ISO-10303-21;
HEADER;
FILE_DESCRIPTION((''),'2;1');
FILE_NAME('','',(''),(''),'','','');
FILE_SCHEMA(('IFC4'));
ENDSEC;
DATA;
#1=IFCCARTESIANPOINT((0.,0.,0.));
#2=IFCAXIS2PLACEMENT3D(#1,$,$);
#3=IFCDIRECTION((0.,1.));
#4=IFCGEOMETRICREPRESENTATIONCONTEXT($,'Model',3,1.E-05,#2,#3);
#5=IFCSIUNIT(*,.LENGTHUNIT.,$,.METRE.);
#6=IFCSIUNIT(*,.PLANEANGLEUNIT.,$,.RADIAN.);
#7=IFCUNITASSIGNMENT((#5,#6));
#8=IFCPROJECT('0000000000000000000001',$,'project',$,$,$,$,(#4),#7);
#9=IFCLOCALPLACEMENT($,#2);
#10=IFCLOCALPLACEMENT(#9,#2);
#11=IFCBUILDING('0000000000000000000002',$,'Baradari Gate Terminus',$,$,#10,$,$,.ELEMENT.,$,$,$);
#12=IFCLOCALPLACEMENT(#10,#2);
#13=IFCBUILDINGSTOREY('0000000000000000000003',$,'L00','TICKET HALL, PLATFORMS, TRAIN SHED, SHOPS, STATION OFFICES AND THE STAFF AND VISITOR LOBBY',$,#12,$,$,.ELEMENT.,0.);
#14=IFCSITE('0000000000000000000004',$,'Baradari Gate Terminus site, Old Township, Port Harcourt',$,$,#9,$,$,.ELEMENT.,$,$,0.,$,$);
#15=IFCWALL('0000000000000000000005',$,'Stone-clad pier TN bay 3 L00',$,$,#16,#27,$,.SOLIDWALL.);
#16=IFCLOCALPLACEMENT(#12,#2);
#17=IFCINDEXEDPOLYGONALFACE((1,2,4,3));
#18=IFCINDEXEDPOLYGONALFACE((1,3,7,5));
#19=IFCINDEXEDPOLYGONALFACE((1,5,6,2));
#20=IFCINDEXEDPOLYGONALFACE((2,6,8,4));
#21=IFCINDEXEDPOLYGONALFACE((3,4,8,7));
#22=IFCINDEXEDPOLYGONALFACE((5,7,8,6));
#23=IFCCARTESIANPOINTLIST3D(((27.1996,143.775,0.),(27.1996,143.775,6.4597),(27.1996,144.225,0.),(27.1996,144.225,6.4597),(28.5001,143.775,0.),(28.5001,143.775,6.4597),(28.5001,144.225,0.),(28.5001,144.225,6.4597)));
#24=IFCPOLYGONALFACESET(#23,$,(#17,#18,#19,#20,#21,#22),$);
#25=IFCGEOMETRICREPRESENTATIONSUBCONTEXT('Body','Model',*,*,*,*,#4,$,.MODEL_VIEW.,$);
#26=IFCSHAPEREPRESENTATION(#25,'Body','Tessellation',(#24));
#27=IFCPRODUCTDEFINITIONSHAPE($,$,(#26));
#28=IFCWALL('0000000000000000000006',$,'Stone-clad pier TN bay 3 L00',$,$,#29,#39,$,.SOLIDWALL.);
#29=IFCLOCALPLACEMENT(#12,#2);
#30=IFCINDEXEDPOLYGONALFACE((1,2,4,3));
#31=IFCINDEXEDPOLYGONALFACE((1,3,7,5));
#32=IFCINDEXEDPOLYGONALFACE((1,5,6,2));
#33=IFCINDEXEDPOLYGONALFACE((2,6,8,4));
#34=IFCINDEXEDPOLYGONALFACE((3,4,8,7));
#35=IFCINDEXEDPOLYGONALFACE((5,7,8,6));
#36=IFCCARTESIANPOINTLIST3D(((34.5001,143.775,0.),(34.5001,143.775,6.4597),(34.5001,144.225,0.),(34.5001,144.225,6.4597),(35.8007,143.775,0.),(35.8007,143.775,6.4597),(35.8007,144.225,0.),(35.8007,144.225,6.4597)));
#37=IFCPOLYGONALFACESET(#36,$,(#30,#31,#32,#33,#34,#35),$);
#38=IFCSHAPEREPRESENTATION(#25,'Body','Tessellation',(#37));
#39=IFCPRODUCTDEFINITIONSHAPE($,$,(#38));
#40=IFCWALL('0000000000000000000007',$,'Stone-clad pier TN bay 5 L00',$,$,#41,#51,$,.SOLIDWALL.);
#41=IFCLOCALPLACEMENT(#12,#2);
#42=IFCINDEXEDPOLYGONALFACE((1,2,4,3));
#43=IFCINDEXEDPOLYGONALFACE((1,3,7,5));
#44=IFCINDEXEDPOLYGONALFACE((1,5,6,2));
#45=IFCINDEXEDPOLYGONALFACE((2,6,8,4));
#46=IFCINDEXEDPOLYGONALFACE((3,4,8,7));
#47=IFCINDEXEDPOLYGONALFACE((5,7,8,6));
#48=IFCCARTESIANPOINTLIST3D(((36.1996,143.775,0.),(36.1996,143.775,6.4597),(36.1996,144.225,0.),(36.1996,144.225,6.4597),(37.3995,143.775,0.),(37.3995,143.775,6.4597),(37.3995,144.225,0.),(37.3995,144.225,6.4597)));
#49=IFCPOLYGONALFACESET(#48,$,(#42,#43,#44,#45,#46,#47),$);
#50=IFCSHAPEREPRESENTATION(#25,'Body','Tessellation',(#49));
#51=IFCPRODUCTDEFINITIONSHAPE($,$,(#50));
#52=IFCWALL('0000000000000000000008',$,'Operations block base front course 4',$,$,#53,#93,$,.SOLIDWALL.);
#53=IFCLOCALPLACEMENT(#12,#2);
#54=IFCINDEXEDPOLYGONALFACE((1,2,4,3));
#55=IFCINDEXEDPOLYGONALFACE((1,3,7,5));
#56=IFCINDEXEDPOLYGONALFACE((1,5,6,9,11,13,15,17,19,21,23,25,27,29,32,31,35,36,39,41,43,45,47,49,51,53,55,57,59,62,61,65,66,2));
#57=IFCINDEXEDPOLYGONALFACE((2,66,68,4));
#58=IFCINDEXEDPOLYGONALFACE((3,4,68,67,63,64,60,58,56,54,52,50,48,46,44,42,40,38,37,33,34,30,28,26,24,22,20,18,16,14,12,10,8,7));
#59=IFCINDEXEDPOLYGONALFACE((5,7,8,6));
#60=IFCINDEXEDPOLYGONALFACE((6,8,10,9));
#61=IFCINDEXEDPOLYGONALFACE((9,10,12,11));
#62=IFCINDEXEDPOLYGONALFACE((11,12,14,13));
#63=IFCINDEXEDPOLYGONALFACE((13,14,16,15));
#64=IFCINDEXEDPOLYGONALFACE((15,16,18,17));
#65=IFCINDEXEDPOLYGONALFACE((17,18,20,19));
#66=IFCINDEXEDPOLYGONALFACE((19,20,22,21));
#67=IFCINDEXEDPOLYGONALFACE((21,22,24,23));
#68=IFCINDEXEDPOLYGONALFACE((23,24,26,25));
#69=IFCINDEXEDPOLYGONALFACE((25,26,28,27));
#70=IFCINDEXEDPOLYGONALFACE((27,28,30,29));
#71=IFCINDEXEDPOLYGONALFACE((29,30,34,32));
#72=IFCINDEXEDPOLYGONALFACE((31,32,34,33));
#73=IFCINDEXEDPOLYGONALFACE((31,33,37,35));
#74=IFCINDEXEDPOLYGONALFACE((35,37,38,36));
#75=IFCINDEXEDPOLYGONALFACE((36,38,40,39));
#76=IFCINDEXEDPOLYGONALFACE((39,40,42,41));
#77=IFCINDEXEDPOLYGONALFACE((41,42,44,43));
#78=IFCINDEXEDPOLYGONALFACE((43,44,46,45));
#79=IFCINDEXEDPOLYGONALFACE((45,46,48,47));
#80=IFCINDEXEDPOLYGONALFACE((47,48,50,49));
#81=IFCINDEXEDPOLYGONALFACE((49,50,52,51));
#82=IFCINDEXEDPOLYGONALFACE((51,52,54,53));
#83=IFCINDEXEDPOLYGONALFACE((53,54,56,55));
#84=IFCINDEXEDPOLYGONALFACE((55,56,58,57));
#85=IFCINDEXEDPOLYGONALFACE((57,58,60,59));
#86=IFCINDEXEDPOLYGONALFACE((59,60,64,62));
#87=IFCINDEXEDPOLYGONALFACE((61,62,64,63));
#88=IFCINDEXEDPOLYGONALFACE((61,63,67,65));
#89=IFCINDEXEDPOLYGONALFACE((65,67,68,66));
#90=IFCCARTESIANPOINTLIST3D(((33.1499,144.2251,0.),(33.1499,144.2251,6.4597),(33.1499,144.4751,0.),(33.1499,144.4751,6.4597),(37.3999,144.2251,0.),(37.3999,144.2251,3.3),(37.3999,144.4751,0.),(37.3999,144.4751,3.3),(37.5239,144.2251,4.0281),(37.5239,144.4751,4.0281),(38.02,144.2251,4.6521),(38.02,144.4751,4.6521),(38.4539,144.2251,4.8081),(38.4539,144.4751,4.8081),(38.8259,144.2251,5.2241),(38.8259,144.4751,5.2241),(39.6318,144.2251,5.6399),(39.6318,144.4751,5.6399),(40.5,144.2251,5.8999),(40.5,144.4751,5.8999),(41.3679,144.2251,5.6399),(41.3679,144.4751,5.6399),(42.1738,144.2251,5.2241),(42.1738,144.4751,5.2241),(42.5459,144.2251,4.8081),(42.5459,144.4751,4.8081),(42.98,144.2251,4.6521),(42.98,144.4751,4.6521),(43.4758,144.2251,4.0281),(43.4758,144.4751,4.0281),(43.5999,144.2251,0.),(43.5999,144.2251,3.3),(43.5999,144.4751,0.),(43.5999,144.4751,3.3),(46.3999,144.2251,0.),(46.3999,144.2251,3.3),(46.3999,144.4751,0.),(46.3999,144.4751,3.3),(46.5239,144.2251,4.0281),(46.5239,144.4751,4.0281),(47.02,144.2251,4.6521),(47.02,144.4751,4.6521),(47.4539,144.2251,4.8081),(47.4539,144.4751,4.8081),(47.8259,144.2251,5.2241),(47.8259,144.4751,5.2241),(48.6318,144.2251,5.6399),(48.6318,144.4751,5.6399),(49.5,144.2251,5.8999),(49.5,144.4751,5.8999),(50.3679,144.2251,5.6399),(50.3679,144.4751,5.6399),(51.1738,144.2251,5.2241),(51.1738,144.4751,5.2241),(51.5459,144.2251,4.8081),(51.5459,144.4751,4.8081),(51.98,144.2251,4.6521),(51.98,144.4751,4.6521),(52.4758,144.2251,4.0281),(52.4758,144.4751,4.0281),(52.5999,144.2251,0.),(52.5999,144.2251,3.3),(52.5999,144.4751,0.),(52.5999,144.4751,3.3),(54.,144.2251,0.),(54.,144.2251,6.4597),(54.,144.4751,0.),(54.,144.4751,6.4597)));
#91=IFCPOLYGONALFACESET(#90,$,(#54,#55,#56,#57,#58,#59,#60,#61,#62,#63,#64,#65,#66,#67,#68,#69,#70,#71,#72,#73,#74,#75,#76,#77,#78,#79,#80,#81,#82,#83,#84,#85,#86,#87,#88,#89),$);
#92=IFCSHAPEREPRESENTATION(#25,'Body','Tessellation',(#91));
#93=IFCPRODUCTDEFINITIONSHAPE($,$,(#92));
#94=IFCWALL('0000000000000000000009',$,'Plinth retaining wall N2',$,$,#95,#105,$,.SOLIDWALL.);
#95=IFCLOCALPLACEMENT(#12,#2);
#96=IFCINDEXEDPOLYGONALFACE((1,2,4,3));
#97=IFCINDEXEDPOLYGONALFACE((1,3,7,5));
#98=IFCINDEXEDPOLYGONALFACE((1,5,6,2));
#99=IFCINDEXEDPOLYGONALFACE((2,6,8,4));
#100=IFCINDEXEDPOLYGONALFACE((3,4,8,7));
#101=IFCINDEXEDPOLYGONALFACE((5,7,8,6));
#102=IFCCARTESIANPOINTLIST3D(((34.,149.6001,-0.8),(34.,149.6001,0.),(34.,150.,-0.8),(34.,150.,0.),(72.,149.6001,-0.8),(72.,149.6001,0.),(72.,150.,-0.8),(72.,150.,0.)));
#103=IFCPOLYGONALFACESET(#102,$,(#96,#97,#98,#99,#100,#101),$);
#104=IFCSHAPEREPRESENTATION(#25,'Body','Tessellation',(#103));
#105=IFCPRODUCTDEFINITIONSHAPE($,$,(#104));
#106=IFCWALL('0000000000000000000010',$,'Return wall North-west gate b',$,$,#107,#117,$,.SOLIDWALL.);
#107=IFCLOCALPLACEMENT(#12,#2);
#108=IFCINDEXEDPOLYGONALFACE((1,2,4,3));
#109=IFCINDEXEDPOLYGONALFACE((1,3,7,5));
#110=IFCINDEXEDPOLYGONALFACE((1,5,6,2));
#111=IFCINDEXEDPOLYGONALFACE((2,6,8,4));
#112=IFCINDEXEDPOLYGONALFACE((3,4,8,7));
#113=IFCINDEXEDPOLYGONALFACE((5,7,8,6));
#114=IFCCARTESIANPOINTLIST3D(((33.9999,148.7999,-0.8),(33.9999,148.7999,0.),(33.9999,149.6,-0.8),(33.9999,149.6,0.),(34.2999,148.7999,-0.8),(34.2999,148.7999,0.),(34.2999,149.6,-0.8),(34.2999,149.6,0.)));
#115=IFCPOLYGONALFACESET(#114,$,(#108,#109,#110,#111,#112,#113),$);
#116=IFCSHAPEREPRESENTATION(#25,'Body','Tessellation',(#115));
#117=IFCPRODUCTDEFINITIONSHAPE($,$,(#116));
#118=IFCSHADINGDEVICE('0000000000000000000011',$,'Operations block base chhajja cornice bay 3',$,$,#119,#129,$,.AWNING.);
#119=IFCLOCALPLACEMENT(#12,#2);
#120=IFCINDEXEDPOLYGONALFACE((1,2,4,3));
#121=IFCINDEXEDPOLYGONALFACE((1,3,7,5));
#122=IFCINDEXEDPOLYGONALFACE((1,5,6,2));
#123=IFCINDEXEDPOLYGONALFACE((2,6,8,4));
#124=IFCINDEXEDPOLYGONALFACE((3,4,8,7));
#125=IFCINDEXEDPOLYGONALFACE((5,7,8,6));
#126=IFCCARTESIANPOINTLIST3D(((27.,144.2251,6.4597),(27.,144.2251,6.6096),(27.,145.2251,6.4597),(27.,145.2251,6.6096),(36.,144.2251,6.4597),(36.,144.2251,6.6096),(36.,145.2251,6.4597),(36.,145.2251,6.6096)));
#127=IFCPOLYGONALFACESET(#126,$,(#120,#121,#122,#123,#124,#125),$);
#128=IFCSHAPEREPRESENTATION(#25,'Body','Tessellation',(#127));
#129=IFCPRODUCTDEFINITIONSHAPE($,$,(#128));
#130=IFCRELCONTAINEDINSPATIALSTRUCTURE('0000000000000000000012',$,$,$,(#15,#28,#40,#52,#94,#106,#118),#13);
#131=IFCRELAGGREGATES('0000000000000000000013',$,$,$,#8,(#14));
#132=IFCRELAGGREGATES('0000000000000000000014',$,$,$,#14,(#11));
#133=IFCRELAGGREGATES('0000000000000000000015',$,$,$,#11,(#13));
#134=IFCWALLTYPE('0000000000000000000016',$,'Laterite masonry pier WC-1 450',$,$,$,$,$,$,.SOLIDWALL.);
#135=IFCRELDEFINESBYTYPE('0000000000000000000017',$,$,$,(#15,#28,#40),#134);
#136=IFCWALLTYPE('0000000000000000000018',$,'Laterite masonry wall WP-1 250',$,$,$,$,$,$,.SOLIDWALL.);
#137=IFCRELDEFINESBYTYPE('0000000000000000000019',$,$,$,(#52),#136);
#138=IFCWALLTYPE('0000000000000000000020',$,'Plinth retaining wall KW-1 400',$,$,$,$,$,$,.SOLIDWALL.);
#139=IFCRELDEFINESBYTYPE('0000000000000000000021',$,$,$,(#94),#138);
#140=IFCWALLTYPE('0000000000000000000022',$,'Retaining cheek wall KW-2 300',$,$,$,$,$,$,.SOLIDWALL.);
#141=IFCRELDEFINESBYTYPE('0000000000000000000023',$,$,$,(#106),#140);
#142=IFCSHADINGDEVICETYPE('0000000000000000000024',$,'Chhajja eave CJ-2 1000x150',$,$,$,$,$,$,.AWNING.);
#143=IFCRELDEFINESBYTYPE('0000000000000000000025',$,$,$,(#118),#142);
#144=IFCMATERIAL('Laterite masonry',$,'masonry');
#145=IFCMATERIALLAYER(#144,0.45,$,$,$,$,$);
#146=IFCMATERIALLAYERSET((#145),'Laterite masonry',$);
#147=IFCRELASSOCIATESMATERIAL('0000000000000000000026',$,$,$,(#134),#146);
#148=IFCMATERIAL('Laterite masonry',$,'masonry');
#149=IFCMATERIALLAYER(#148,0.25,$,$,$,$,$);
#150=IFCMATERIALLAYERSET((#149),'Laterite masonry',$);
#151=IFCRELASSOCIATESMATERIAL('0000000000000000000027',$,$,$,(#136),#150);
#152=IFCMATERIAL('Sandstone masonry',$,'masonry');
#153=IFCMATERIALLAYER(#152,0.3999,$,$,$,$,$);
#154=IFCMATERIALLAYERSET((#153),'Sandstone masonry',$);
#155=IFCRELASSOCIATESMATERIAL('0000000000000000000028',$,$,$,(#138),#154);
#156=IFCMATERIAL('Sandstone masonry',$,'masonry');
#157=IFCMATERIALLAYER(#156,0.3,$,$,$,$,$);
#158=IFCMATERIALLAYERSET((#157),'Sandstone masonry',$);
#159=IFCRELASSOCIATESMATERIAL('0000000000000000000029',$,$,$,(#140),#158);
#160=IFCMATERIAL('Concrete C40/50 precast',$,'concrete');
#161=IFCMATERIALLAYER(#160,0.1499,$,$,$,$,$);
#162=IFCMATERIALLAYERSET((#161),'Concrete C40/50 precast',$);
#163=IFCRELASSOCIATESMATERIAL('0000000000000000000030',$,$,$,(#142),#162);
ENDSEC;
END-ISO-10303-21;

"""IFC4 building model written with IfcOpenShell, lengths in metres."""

from ifc_helpers import new_model, si_unit, direction, frame, frame_2d, origin, origin_2d, place, context, subcontext, project, spatial, polyline, rectangle, outline, extrude, material, layer, layer_set, type_object, element, save


model = new_model("IFC4")

# Units and contexts
model_context = context("Model", 3, precision=1e-05, world=origin(), true_north=direction((0.0, 1.0)))
body_context = subcontext(model_context, "Body", "Model", "MODEL_VIEW")
ifc_project = project(units=[si_unit("LENGTHUNIT", "METRE"), si_unit("PLANEANGLEUNIT", "RADIAN")], contexts=[model_context])

# Site, building, storey
site_placement = place(None, origin())
site = spatial("IfcSite", under=ifc_project, at=site_placement, Name="Baradari Gate Terminus site, Old Township, Port Harcourt", CompositionType="ELEMENT", RefElevation=0.0)
building_placement = place(site_placement, origin())
building = spatial("IfcBuilding", under=site, at=building_placement, Name="Baradari Gate Terminus", CompositionType="ELEMENT")
storey_placement = place(building_placement, origin())
storey = spatial("IfcBuildingStorey", under=building, at=storey_placement, Name="L00", Description="TICKET HALL, PLATFORMS, TRAIN SHED, SHOPS, STATION OFFICES AND THE STAFF AND VISITOR LOBBY", CompositionType="ELEMENT", Elevation=0.0)

# Walls
ifc_material_1 = material(Name="Laterite masonry", Category="masonry")
ifc_layer_1 = layer(ifc_material_1, 0.45)
ifc_layer_set_1 = layer_set([ifc_layer_1], Name="Laterite masonry")
wall_type_1 = type_object("IfcWallType", Name="Laterite masonry pier WC-1 450", PredefinedType="SOLIDWALL", material=ifc_layer_set_1)
for number, where, z_axis, x_axis, name in (
    (1, (27.1995, 144.0, 0.0), (0.0, 0.0, 1.0), (1.0, 0.0, 0.0), "Stone-clad pier TN bay 3 L00"),
    (2, (34.5, 144.0, 0.0), (0.0, 0.0, 1.0), (1.0, 0.0, 0.0), "Stone-clad pier TN bay 3 L00"),
):
    element("IfcWall", number, at=place(storey_placement, frame(where, z_axis=z_axis, x_axis=x_axis)), inside=storey, type_object=wall_type_1, Name=name, PredefinedType="SOLIDWALL", context=body_context, shape_type="SweptSolid", body=[
        extrude(rectangle(XDim=1.3005, YDim=0.45, at=frame_2d((0.6504, 0.0))), origin(), (0.0, 0.0, 1.0), 6.4597),
    ])
wall_1_placement = place(storey_placement, frame((36.1995, 144.0, 0.0), z_axis=(0.0, 0.0, 1.0), x_axis=(1.0, 0.0, 0.0)))
element("IfcWall", 3, at=wall_1_placement, inside=storey, type_object=wall_type_1, Name="Stone-clad pier TN bay 5 L00", PredefinedType="SOLIDWALL", context=body_context, shape_type="SweptSolid", body=[
    extrude(rectangle(XDim=1.2, YDim=0.45, at=frame_2d((0.6001, 0.0))), origin(), (0.0, 0.0, 1.0), 6.4597),
])
ifc_material_2 = material(Name="Laterite masonry", Category="masonry")
ifc_layer_2 = layer(ifc_material_2, 0.25)
ifc_layer_set_2 = layer_set([ifc_layer_2], Name="Laterite masonry")
wall_type_2 = type_object("IfcWallType", Name="Laterite masonry wall WP-1 250", PredefinedType="SOLIDWALL", material=ifc_layer_set_2)
wall_2_placement = place(storey_placement, frame((33.1499, 144.3501, 0.0), z_axis=(0.0, 0.0, 1.0), x_axis=(1.0, 0.0, 0.0)))
element("IfcWall", 4, at=wall_2_placement, inside=storey, type_object=wall_type_2, Name="Operations block base front course 4", PredefinedType="SOLIDWALL", context=body_context, shape_type="SweptSolid", body=[
    extrude(outline(polyline([(4.25, 0.0), (4.25, 3.3), (4.374, 4.0281), (4.8701, 4.6521), (5.304, 4.8081), (5.676, 5.2241), (6.4819, 5.6399), (7.3501, 5.8999), (8.218, 5.6399), (9.0239, 5.2241), (9.396, 4.8081), (9.8301, 4.6521), (10.3259, 4.0281), (10.45, 3.3), (10.45, 0.0), (13.25, 0.0), (13.25, 3.3), (13.374, 4.0281), (13.8701, 4.6521), (14.304, 4.8081), (14.676, 5.2241), (15.4819, 5.6399), (16.3501, 5.8999), (17.218, 5.6399), (18.0239, 5.2241), (18.396, 4.8081), (18.8301, 4.6521), (19.3259, 4.0281), (19.45, 3.3), (19.45, 0.0), (20.8501, 0.0), (20.8501, 6.4597), (0.0, 6.4597), (0.0, 0.0), (4.25, 0.0)])), frame((0.0, 0.125, 0.0), z_axis=(0.0, -1.0, 0.0), x_axis=(1.0, 0.0, 0.0)), (0.0, 0.0, 1.0), 0.25),
])
ifc_material_3 = material(Name="Sandstone masonry", Category="masonry")
ifc_layer_3 = layer(ifc_material_3, 0.3999)
ifc_layer_set_3 = layer_set([ifc_layer_3], Name="Sandstone masonry")
wall_type_3 = type_object("IfcWallType", Name="Plinth retaining wall KW-1 400", PredefinedType="SOLIDWALL", material=ifc_layer_set_3)
wall_3_placement = place(storey_placement, frame((34.0, 149.8, -0.8), z_axis=(0.0, 0.0, 1.0), x_axis=(1.0, 0.0, 0.0)))
element("IfcWall", 5, at=wall_3_placement, inside=storey, type_object=wall_type_3, Name="Plinth retaining wall N2", PredefinedType="SOLIDWALL", context=body_context, shape_type="SweptSolid", body=[
    extrude(rectangle(XDim=38.0, YDim=0.3999, at=frame_2d((19.0, 0.0))), origin(), (0.0, 0.0, 1.0), 0.8),
])
ifc_material_4 = material(Name="Sandstone masonry", Category="masonry")
ifc_layer_4 = layer(ifc_material_4, 0.3)
ifc_layer_set_4 = layer_set([ifc_layer_4], Name="Sandstone masonry")
wall_type_4 = type_object("IfcWallType", Name="Retaining cheek wall KW-2 300", PredefinedType="SOLIDWALL", material=ifc_layer_set_4)
wall_4_placement = place(storey_placement, frame((34.1499, 148.8, -0.8), z_axis=(0.0, 0.0, 1.0), x_axis=(0.0, 1.0, 0.0)))
element("IfcWall", 6, at=wall_4_placement, inside=storey, type_object=wall_type_4, Name="Return wall North-west gate b", PredefinedType="SOLIDWALL", context=body_context, shape_type="SweptSolid", body=[
    extrude(rectangle(XDim=0.8, YDim=0.3, at=frame_2d((0.3999, 0.0))), origin(), (0.0, 0.0, 1.0), 0.8),
])

# Shading device
ifc_material_5 = material(Name="Concrete C40/50 precast", Category="concrete")
ifc_layer_5 = layer(ifc_material_5, 0.1499)
ifc_layer_set_5 = layer_set([ifc_layer_5], Name="Concrete C40/50 precast")
shading_device_type = type_object("IfcShadingDeviceType", Name="Chhajja eave CJ-2 1000x150", PredefinedType="AWNING", material=ifc_layer_set_5)
shading_device_placement = place(storey_placement, frame((31.5, 144.7251, 6.4597), z_axis=(0.0, 0.0, 1.0), x_axis=(1.0, 0.0, 0.0)))
element("IfcShadingDevice", 7, at=shading_device_placement, inside=storey, type_object=shading_device_type, Name="Operations block base chhajja cornice bay 3", PredefinedType="AWNING", context=body_context, shape_type="SweptSolid", body=[
    extrude(rectangle(XDim=9.0, YDim=1.0, at=origin_2d()), origin(), (0.0, 0.0, 1.0), 0.1499),
])

save(model, "model.ifc")
